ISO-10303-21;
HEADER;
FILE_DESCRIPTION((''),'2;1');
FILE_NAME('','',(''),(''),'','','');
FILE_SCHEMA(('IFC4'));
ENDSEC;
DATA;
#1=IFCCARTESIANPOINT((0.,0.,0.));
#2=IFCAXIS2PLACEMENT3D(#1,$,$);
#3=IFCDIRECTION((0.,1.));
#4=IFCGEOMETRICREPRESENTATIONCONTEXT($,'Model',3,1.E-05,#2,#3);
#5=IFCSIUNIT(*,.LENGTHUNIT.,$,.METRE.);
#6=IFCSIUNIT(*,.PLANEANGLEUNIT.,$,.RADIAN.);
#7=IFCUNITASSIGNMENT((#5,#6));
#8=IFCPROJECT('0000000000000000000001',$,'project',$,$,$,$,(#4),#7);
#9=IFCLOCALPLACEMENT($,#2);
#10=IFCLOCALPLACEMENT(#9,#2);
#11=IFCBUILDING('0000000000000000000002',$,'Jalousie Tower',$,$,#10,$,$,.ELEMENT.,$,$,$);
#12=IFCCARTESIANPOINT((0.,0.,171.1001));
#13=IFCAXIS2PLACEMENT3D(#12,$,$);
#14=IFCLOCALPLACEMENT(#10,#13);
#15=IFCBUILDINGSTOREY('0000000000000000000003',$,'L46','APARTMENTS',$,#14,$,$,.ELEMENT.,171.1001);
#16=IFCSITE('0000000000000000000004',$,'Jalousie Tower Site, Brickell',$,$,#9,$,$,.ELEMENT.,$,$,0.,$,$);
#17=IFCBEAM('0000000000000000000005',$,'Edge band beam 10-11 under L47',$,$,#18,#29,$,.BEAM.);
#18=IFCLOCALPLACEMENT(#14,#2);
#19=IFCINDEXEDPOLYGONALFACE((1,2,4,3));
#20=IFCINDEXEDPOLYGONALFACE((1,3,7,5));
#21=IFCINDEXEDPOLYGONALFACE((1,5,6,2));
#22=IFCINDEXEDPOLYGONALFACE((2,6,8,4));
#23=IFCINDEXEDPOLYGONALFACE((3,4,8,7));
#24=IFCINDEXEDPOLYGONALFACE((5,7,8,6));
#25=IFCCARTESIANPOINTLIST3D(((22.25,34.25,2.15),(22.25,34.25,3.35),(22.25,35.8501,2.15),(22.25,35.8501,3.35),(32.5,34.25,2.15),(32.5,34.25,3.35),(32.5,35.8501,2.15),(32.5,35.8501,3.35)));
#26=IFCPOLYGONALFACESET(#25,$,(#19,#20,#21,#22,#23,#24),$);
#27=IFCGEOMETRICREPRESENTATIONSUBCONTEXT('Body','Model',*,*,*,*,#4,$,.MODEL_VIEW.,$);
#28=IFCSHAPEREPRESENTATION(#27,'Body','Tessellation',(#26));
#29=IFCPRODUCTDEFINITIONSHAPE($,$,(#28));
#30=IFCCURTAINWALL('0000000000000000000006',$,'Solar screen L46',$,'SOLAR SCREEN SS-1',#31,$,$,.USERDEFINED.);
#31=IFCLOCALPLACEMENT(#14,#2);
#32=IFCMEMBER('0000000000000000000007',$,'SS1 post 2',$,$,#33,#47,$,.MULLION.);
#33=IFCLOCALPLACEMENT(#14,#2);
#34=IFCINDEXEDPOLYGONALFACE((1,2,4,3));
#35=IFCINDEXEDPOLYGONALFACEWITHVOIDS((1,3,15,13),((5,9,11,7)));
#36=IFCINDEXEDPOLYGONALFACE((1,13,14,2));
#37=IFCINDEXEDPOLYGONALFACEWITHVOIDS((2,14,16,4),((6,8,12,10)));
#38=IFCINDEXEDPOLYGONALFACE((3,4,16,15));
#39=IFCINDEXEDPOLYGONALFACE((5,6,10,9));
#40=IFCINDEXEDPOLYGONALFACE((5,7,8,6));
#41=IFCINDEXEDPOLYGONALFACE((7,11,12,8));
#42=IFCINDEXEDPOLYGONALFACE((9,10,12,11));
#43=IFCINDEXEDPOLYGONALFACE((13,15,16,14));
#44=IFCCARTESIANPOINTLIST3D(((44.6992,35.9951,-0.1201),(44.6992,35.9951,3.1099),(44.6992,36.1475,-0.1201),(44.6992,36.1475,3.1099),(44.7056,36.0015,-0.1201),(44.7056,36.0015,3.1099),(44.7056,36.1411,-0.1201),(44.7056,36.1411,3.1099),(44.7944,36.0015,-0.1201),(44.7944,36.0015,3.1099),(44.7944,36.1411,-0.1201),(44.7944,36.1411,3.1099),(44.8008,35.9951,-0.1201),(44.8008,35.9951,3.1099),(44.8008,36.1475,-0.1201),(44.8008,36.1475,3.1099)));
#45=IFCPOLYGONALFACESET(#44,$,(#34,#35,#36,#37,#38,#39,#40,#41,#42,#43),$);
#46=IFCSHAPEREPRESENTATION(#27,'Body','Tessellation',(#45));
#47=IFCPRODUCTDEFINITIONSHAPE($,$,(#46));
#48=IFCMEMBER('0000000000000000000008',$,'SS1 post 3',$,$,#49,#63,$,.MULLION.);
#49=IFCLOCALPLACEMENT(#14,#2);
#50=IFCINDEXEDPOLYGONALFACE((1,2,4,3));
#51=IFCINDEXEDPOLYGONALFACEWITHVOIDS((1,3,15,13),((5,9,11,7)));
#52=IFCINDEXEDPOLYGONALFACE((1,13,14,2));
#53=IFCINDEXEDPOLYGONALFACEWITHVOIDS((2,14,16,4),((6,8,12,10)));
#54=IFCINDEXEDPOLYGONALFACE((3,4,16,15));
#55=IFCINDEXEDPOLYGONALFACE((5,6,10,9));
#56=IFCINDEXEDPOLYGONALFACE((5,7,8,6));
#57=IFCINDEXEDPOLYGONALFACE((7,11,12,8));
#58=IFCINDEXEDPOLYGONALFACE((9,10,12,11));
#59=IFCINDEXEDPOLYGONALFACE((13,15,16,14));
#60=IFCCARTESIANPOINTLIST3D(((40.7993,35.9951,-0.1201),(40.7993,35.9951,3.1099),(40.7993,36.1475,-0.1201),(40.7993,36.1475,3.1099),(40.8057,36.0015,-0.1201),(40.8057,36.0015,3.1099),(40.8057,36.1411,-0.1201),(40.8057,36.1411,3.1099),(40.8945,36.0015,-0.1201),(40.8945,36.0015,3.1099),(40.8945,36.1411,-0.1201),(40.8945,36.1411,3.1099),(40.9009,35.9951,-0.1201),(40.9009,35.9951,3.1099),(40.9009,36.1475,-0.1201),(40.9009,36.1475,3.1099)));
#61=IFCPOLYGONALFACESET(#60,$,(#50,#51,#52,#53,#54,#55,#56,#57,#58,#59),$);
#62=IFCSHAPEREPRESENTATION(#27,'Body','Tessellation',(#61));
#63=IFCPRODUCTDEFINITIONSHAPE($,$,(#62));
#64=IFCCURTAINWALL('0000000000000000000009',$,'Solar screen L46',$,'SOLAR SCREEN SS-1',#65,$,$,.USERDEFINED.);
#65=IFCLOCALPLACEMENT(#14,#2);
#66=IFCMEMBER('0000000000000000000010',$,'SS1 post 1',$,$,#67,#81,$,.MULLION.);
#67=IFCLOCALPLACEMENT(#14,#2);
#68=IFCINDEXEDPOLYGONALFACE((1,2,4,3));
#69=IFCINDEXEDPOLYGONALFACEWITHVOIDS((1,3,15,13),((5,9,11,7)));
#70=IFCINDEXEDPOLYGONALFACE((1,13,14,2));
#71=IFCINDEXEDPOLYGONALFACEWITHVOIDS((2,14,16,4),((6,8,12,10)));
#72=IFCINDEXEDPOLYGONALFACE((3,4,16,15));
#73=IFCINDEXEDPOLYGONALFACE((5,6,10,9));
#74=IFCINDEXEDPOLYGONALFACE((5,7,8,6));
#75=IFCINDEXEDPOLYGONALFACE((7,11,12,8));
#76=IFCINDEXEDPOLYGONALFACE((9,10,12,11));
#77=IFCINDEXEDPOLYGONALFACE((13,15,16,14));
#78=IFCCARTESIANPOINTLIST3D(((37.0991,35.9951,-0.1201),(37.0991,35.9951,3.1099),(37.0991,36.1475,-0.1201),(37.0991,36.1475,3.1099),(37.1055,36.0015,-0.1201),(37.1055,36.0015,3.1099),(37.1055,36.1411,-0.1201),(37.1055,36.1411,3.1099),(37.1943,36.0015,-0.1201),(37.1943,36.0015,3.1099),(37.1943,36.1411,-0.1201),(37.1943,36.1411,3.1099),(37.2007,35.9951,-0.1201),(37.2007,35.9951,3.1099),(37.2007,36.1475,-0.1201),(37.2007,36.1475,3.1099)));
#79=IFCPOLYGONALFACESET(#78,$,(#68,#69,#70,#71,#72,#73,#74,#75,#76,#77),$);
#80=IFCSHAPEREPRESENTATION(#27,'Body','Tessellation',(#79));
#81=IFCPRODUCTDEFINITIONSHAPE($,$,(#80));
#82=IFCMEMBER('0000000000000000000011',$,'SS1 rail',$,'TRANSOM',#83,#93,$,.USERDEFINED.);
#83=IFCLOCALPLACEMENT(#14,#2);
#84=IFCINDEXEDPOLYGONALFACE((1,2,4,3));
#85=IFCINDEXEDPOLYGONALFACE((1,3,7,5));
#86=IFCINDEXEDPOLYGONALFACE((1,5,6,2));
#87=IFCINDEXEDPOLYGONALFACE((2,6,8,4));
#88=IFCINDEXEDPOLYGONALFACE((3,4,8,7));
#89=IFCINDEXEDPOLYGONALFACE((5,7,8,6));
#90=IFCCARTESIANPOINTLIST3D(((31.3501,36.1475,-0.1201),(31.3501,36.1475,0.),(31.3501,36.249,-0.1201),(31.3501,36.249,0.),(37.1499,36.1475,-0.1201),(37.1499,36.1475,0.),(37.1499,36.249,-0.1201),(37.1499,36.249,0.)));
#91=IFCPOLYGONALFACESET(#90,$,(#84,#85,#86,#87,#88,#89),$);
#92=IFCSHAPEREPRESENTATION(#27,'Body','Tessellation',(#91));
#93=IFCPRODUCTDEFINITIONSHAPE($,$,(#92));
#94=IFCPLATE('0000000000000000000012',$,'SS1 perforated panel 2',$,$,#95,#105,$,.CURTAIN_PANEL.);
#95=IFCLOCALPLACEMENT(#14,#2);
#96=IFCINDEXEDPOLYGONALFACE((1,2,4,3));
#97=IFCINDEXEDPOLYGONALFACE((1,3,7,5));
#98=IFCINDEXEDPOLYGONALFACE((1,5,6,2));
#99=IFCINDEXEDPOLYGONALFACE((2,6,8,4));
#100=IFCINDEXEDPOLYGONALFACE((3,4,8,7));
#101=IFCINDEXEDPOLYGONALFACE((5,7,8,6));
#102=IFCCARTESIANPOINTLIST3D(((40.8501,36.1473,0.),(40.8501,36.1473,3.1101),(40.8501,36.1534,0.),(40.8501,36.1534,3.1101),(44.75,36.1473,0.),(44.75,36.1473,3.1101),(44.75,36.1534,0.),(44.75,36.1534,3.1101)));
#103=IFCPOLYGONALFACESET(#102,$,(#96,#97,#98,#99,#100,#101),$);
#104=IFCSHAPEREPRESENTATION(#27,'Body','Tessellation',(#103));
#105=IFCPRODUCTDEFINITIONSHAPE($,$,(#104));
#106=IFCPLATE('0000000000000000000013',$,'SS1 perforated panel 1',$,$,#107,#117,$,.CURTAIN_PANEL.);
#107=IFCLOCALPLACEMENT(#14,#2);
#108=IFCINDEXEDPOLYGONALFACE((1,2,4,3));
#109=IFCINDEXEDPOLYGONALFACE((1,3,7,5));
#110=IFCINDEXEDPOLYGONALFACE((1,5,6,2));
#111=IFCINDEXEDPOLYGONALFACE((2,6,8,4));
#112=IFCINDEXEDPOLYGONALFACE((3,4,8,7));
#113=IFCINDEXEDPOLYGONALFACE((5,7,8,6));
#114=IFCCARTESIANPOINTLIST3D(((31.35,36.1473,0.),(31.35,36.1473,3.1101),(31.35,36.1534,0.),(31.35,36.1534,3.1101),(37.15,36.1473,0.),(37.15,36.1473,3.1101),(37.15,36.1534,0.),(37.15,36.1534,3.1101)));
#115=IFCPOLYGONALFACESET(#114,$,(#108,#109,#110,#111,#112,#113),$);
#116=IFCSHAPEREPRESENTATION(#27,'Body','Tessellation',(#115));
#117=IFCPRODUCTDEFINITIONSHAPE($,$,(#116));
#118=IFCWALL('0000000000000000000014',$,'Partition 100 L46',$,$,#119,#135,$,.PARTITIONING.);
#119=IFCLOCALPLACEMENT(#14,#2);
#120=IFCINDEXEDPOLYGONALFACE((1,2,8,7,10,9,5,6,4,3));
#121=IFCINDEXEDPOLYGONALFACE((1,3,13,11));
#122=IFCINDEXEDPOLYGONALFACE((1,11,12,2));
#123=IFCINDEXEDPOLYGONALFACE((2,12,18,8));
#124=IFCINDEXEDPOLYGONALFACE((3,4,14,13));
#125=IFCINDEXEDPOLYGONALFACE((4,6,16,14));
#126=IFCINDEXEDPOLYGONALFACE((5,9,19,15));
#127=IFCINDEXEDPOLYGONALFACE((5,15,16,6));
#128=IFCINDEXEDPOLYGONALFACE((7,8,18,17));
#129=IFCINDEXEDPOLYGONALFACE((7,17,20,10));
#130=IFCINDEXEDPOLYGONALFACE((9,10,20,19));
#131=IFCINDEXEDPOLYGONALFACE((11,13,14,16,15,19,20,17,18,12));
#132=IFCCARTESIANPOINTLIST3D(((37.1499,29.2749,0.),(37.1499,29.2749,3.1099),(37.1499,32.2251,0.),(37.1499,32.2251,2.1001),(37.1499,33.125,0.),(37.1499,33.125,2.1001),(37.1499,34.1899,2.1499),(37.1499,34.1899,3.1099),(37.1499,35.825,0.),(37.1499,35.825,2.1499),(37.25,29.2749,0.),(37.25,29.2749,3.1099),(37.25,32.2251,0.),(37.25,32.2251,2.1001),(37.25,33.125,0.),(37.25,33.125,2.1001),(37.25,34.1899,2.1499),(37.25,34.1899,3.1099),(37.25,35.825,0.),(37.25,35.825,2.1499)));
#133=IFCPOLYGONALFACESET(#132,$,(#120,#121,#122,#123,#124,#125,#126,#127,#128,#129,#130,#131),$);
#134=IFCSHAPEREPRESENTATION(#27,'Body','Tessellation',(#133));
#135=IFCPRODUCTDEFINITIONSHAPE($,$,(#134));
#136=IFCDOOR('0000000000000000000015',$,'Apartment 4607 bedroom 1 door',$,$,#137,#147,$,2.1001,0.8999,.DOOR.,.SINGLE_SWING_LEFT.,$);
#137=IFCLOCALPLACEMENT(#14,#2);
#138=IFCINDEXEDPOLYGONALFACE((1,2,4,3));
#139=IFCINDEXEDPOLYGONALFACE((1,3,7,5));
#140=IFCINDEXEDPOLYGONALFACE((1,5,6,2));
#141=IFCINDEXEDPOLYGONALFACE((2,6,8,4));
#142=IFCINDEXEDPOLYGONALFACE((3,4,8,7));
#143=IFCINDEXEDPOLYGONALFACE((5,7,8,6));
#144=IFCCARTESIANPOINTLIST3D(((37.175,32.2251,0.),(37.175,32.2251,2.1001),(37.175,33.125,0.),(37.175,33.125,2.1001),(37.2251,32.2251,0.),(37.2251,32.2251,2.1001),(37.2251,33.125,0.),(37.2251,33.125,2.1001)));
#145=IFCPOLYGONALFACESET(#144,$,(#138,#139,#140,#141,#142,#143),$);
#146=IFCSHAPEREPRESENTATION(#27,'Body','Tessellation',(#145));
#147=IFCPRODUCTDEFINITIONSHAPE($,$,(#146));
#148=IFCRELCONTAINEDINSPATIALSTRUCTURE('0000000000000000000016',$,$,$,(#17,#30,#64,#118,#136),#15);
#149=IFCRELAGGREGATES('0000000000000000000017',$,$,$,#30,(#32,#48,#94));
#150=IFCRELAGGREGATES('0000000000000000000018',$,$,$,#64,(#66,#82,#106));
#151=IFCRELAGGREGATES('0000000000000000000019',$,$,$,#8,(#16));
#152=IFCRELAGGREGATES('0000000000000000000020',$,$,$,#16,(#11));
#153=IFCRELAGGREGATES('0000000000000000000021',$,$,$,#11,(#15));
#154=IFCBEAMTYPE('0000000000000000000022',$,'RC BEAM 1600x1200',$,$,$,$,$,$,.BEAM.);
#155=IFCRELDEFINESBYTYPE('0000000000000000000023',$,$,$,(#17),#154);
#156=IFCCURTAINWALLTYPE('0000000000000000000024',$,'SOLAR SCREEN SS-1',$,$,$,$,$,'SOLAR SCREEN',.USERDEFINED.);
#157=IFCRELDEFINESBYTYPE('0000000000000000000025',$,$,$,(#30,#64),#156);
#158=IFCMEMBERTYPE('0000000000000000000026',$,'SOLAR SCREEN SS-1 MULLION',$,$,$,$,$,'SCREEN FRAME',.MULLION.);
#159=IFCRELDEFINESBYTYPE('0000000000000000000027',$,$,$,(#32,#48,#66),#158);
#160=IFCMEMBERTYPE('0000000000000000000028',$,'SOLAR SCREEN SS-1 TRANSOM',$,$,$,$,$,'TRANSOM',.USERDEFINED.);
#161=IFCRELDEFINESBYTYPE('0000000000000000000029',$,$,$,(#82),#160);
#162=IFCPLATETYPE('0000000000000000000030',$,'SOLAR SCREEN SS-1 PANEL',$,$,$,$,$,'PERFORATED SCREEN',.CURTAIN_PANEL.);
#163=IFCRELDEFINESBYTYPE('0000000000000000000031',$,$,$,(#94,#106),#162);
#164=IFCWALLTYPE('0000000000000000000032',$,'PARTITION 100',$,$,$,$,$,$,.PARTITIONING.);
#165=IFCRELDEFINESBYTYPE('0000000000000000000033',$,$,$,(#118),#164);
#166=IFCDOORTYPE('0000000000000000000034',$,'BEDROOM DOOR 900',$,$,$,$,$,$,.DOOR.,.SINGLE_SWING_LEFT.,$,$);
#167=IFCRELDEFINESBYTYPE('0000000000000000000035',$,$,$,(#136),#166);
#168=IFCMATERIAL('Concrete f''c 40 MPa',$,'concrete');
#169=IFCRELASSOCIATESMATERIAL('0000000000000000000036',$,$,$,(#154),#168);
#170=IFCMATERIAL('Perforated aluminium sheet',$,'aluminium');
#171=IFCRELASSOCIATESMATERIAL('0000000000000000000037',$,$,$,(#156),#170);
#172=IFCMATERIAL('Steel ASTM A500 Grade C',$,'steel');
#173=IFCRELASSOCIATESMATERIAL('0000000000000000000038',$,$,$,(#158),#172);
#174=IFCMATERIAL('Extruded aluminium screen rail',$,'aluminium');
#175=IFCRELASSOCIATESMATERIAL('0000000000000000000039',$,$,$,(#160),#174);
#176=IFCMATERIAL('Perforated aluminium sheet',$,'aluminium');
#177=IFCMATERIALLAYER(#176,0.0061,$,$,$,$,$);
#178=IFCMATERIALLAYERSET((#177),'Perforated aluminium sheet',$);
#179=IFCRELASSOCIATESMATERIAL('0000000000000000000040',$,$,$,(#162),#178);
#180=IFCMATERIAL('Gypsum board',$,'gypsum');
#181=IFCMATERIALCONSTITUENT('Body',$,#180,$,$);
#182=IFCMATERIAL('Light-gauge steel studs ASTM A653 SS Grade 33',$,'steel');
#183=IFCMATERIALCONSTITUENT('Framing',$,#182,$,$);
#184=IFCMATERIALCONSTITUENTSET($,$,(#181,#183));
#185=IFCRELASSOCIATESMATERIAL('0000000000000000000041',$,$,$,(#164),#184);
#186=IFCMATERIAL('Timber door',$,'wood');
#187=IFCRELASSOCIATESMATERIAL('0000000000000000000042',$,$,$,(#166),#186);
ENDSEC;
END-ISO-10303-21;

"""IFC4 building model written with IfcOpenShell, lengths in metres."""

from ifc_helpers import new_model, si_unit, direction, frame, frame_2d, origin, origin_2d, place, context, subcontext, project, spatial, polyline, rectangle, hollow_rectangle, outline, extrude, material, layer, layer_set, constituent, constituent_set, material_profile, profile_set, type_object, element, fill, aggregate, save


model = new_model("IFC4")

# Units and contexts
model_context = context("Model", 3, precision=1e-05, world=origin(), true_north=direction((0.0, 1.0)))
body_context = subcontext(model_context, "Body", "Model", "MODEL_VIEW")
ifc_project = project(units=[si_unit("LENGTHUNIT", "METRE"), si_unit("PLANEANGLEUNIT", "RADIAN")], contexts=[model_context])

# Site, building, storey
site_placement = place(None, origin())
site = spatial("IfcSite", under=ifc_project, at=site_placement, Name="Jalousie Tower Site, Brickell", CompositionType="ELEMENT", RefElevation=0.0)
building_placement = place(site_placement, origin())
building = spatial("IfcBuilding", under=site, at=building_placement, Name="Jalousie Tower", CompositionType="ELEMENT")
storey_placement = place(building_placement, frame((0.0, 0.0, 171.1001)))
storey = spatial("IfcBuildingStorey", under=building, at=storey_placement, Name="L46", Description="APARTMENTS", CompositionType="ELEMENT", Elevation=171.1001)

# Beam
ifc_material_1 = material(Name="Concrete f'c 40 MPa", Category="concrete")
ifc_material_profile_1 = material_profile(ifc_material_1, rectangle(XDim=1.6001, YDim=1.2, at=origin_2d()), Name="RC 1600x1200")
ifc_profile_set_1 = profile_set([ifc_material_profile_1], Name="Concrete f'c 40 MPa")
beam_type_1 = type_object("IfcBeamType", Name="RC BEAM 1600x1200", PredefinedType="BEAM", material=ifc_profile_set_1)
for number, where, z_axis, x_axis, name in (
    (1, (32.5, 35.05, 2.75), (-1.0, 0.0, 0.0), (0.0, -1.0, 0.0), "Edge band beam 10-11 under L47"),
):
    element("IfcBeam", number, at=place(storey_placement, frame(where, z_axis=z_axis, x_axis=x_axis)), inside=storey, type_object=beam_type_1, Name=name, PredefinedType="BEAM", context=body_context, shape_type="SweptSolid", body=[
        extrude(rectangle(XDim=1.6001, YDim=1.2, at=origin_2d()), origin(), (0.0, 0.0, 1.0), 10.25),
    ])

# Curtain walls, members
ifc_material_2 = material(Name="Perforated aluminium sheet", Category="aluminium")
curtain_wall_type = type_object("IfcCurtainWallType", Name="SOLAR SCREEN SS-1", ElementType="SOLAR SCREEN", PredefinedType="USERDEFINED", material=ifc_material_2)
curtain_wall_1_placement = place(storey_placement, origin())
curtain_wall_1 = element("IfcCurtainWall", 2, at=curtain_wall_1_placement, inside=storey, type_object=curtain_wall_type, Name="Solar screen L46", ObjectType="SOLAR SCREEN SS-1", PredefinedType="USERDEFINED")
ifc_material_3 = material(Name="Steel ASTM A500 Grade C", Category="steel")
ifc_material_profile_2 = material_profile(ifc_material_3, hollow_rectangle(XDim=0.1016, YDim=0.1523, WallThickness=0.0063, at=origin_2d()), Name="HSS6X4X1/4")
ifc_profile_set_2 = profile_set([ifc_material_profile_2], Name="Steel ASTM A500 Grade C")
member_type_1 = type_object("IfcMemberType", Name="SOLAR SCREEN SS-1 MULLION", ElementType="SCREEN FRAME", PredefinedType="MULLION", material=ifc_profile_set_2)
member_1_placement = place(storey_placement, frame((44.75, 36.0713, -0.1201), z_axis=(0.0, 0.0, 1.0), x_axis=(-1.0, 0.0, 0.0)))
member_1 = element("IfcMember", 3, at=member_1_placement, type_object=member_type_1, Name="SS1 post 2", PredefinedType="MULLION", context=body_context, shape_type="SweptSolid", body=[
    extrude(hollow_rectangle(XDim=0.1016, YDim=0.1523, WallThickness=0.0063, at=origin_2d()), origin(), (0.0, 0.0, 1.0), 3.23),
])
member_2_placement = place(storey_placement, frame((40.8501, 36.0713, -0.1201), z_axis=(0.0, 0.0, 1.0), x_axis=(-1.0, 0.0, 0.0)))
member_2 = element("IfcMember", 4, at=member_2_placement, type_object=member_type_1, Name="SS1 post 3", PredefinedType="MULLION", context=body_context, shape_type="SweptSolid", body=[
    extrude(hollow_rectangle(XDim=0.1016, YDim=0.1523, WallThickness=0.0063, at=origin_2d()), origin(), (0.0, 0.0, 1.0), 3.23),
])
curtain_wall_2_placement = place(storey_placement, origin())
curtain_wall_2 = element("IfcCurtainWall", 5, at=curtain_wall_2_placement, inside=storey, type_object=curtain_wall_type, Name="Solar screen L46", ObjectType="SOLAR SCREEN SS-1", PredefinedType="USERDEFINED")
member_3_placement = place(storey_placement, frame((37.1499, 36.0713, -0.1201), z_axis=(0.0, 0.0, 1.0), x_axis=(-1.0, 0.0, 0.0)))
member_3 = element("IfcMember", 6, at=member_3_placement, type_object=member_type_1, Name="SS1 post 1", PredefinedType="MULLION", context=body_context, shape_type="SweptSolid", body=[
    extrude(hollow_rectangle(XDim=0.1016, YDim=0.1523, WallThickness=0.0063, at=origin_2d()), origin(), (0.0, 0.0, 1.0), 3.23),
])
ifc_material_4 = material(Name="Extruded aluminium screen rail", Category="aluminium")
ifc_material_profile_3 = material_profile(ifc_material_4, rectangle(XDim=0.1016, YDim=0.1201, at=origin_2d()), Name="RAIL 102x120")
ifc_profile_set_3 = profile_set([ifc_material_profile_3], Name="Extruded aluminium screen rail")
member_type_2 = type_object("IfcMemberType", Name="SOLAR SCREEN SS-1 TRANSOM", ElementType="TRANSOM", PredefinedType="USERDEFINED", material=ifc_profile_set_3)
member_4_placement = place(storey_placement, frame((37.1499, 36.1982, -0.0601), z_axis=(-1.0, 0.0, 0.0), x_axis=(0.0, -1.0, 0.0)))
member_4 = element("IfcMember", 7, at=member_4_placement, type_object=member_type_2, Name="SS1 rail", ObjectType="TRANSOM", PredefinedType="USERDEFINED", context=body_context, shape_type="SweptSolid", body=[
    extrude(rectangle(XDim=0.1016, YDim=0.1201, at=origin_2d()), origin(), (0.0, 0.0, 1.0), 5.7998),
])

# Plates
ifc_material_5 = material(Name="Perforated aluminium sheet", Category="aluminium")
ifc_layer_1 = layer(ifc_material_5, 0.0061)
ifc_layer_set_1 = layer_set([ifc_layer_1], Name="Perforated aluminium sheet")
plate_type = type_object("IfcPlateType", Name="SOLAR SCREEN SS-1 PANEL", ElementType="PERFORATED SCREEN", PredefinedType="CURTAIN_PANEL", material=ifc_layer_set_1)
plate_1_placement = place(storey_placement, frame((42.8, 36.1504, 0.0), z_axis=(0.0, 0.0, 1.0), x_axis=(-1.0, 0.0, 0.0)))
plate_1 = element("IfcPlate", 8, at=plate_1_placement, type_object=plate_type, Name="SS1 perforated panel 2", PredefinedType="CURTAIN_PANEL", context=body_context, shape_type="SweptSolid", body=[
    extrude(rectangle(XDim=3.8999, YDim=0.0061, at=origin_2d()), origin(), (0.0, 0.0, 1.0), 3.1101),
])
aggregate(curtain_wall_1, [member_1, member_2, plate_1])
plate_2_placement = place(storey_placement, frame((34.25, 36.1504, 0.0), z_axis=(0.0, 0.0, 1.0), x_axis=(-1.0, 0.0, 0.0)))
plate_2 = element("IfcPlate", 9, at=plate_2_placement, type_object=plate_type, Name="SS1 perforated panel 1", PredefinedType="CURTAIN_PANEL", context=body_context, shape_type="SweptSolid", body=[
    extrude(rectangle(XDim=5.8, YDim=0.0061, at=origin_2d()), origin(), (0.0, 0.0, 1.0), 3.1101),
])
aggregate(curtain_wall_2, [member_3, member_4, plate_2])

# Wall, opening, door
ifc_material_6 = material(Name="Gypsum board", Category="gypsum")
ifc_constituent_1 = constituent(ifc_material_6, Name="Body")
ifc_material_7 = material(Name="Light-gauge steel studs ASTM A653 SS Grade 33", Category="steel")
ifc_constituent_2 = constituent(ifc_material_7, Name="Framing")
ifc_constituent_set = constituent_set(constituents=[ifc_constituent_1, ifc_constituent_2])
wall_type_1 = type_object("IfcWallType", Name="PARTITION 100", PredefinedType="PARTITIONING", material=ifc_constituent_set)
wall_1_placement = place(storey_placement, frame((37.2, 35.825, 0.0), z_axis=(0.0, 0.0, 1.0), x_axis=(0.0, -1.0, 0.0)))
wall_1 = element("IfcWall", 10, at=wall_1_placement, inside=storey, type_object=wall_type_1, Name="Partition 100 L46", PredefinedType="PARTITIONING", context=body_context, shape_type="SweptSolid", body=[
    extrude(outline(polyline([(0.0, 0.0), (6.55, 0.0), (6.55, 3.1099), (1.635, 3.1099), (1.635, 2.1499), (0.0, 2.1499), (0.0, 3.1099), (0.0, 0.0)])), frame((0.0, 0.05, 0.0), z_axis=(0.0, -1.0, 0.0), x_axis=(1.0, 0.0, 0.0)), (0.0, 0.0, 1.0), 0.1001),
])
opening_1_placement = place(wall_1_placement, frame((2.7, 0.0, 0.0)))
opening_1 = element("IfcOpeningElement", 11, at=opening_1_placement, cuts=wall_1, PredefinedType="OPENING", context=body_context, shape_type="SweptSolid", body=[
    extrude(rectangle(XDim=0.8999, YDim=2.1001, at=frame_2d((0.45, 1.05))), frame((0.0, 0.0601, 0.0), z_axis=(0.0, -1.0, 0.0), x_axis=(1.0, 0.0, 0.0)), (0.0, 0.0, 1.0), 0.1201),
])
ifc_material_8 = material(Name="Timber door", Category="wood")
door_type_1 = type_object("IfcDoorType", Name="BEDROOM DOOR 900", OperationType="SINGLE_SWING_LEFT", PredefinedType="DOOR", material=ifc_material_8)
door_1_placement = place(opening_1_placement, frame((0.8999, 0.0, 0.0), z_axis=(0.0, 0.0, 1.0), x_axis=(-1.0, 0.0, 0.0)))
door_1 = element("IfcDoor", 12, at=door_1_placement, inside=storey, type_object=door_type_1, Name="Apartment 4607 bedroom 1 door", OperationType="SINGLE_SWING_LEFT", OverallHeight=2.1001, OverallWidth=0.8999, PredefinedType="DOOR", context=body_context, shape_type="SweptSolid", body=[
    extrude(rectangle(XDim=0.8999, YDim=2.1001, at=frame_2d((0.45, 1.05))), frame((0.0, 0.0249, 0.0), z_axis=(0.0, -1.0, 0.0), x_axis=(1.0, 0.0, 0.0)), (0.0, 0.0, 1.0), 0.05),
])
fill(opening_1, door_1)

save(model, "model.ifc")
